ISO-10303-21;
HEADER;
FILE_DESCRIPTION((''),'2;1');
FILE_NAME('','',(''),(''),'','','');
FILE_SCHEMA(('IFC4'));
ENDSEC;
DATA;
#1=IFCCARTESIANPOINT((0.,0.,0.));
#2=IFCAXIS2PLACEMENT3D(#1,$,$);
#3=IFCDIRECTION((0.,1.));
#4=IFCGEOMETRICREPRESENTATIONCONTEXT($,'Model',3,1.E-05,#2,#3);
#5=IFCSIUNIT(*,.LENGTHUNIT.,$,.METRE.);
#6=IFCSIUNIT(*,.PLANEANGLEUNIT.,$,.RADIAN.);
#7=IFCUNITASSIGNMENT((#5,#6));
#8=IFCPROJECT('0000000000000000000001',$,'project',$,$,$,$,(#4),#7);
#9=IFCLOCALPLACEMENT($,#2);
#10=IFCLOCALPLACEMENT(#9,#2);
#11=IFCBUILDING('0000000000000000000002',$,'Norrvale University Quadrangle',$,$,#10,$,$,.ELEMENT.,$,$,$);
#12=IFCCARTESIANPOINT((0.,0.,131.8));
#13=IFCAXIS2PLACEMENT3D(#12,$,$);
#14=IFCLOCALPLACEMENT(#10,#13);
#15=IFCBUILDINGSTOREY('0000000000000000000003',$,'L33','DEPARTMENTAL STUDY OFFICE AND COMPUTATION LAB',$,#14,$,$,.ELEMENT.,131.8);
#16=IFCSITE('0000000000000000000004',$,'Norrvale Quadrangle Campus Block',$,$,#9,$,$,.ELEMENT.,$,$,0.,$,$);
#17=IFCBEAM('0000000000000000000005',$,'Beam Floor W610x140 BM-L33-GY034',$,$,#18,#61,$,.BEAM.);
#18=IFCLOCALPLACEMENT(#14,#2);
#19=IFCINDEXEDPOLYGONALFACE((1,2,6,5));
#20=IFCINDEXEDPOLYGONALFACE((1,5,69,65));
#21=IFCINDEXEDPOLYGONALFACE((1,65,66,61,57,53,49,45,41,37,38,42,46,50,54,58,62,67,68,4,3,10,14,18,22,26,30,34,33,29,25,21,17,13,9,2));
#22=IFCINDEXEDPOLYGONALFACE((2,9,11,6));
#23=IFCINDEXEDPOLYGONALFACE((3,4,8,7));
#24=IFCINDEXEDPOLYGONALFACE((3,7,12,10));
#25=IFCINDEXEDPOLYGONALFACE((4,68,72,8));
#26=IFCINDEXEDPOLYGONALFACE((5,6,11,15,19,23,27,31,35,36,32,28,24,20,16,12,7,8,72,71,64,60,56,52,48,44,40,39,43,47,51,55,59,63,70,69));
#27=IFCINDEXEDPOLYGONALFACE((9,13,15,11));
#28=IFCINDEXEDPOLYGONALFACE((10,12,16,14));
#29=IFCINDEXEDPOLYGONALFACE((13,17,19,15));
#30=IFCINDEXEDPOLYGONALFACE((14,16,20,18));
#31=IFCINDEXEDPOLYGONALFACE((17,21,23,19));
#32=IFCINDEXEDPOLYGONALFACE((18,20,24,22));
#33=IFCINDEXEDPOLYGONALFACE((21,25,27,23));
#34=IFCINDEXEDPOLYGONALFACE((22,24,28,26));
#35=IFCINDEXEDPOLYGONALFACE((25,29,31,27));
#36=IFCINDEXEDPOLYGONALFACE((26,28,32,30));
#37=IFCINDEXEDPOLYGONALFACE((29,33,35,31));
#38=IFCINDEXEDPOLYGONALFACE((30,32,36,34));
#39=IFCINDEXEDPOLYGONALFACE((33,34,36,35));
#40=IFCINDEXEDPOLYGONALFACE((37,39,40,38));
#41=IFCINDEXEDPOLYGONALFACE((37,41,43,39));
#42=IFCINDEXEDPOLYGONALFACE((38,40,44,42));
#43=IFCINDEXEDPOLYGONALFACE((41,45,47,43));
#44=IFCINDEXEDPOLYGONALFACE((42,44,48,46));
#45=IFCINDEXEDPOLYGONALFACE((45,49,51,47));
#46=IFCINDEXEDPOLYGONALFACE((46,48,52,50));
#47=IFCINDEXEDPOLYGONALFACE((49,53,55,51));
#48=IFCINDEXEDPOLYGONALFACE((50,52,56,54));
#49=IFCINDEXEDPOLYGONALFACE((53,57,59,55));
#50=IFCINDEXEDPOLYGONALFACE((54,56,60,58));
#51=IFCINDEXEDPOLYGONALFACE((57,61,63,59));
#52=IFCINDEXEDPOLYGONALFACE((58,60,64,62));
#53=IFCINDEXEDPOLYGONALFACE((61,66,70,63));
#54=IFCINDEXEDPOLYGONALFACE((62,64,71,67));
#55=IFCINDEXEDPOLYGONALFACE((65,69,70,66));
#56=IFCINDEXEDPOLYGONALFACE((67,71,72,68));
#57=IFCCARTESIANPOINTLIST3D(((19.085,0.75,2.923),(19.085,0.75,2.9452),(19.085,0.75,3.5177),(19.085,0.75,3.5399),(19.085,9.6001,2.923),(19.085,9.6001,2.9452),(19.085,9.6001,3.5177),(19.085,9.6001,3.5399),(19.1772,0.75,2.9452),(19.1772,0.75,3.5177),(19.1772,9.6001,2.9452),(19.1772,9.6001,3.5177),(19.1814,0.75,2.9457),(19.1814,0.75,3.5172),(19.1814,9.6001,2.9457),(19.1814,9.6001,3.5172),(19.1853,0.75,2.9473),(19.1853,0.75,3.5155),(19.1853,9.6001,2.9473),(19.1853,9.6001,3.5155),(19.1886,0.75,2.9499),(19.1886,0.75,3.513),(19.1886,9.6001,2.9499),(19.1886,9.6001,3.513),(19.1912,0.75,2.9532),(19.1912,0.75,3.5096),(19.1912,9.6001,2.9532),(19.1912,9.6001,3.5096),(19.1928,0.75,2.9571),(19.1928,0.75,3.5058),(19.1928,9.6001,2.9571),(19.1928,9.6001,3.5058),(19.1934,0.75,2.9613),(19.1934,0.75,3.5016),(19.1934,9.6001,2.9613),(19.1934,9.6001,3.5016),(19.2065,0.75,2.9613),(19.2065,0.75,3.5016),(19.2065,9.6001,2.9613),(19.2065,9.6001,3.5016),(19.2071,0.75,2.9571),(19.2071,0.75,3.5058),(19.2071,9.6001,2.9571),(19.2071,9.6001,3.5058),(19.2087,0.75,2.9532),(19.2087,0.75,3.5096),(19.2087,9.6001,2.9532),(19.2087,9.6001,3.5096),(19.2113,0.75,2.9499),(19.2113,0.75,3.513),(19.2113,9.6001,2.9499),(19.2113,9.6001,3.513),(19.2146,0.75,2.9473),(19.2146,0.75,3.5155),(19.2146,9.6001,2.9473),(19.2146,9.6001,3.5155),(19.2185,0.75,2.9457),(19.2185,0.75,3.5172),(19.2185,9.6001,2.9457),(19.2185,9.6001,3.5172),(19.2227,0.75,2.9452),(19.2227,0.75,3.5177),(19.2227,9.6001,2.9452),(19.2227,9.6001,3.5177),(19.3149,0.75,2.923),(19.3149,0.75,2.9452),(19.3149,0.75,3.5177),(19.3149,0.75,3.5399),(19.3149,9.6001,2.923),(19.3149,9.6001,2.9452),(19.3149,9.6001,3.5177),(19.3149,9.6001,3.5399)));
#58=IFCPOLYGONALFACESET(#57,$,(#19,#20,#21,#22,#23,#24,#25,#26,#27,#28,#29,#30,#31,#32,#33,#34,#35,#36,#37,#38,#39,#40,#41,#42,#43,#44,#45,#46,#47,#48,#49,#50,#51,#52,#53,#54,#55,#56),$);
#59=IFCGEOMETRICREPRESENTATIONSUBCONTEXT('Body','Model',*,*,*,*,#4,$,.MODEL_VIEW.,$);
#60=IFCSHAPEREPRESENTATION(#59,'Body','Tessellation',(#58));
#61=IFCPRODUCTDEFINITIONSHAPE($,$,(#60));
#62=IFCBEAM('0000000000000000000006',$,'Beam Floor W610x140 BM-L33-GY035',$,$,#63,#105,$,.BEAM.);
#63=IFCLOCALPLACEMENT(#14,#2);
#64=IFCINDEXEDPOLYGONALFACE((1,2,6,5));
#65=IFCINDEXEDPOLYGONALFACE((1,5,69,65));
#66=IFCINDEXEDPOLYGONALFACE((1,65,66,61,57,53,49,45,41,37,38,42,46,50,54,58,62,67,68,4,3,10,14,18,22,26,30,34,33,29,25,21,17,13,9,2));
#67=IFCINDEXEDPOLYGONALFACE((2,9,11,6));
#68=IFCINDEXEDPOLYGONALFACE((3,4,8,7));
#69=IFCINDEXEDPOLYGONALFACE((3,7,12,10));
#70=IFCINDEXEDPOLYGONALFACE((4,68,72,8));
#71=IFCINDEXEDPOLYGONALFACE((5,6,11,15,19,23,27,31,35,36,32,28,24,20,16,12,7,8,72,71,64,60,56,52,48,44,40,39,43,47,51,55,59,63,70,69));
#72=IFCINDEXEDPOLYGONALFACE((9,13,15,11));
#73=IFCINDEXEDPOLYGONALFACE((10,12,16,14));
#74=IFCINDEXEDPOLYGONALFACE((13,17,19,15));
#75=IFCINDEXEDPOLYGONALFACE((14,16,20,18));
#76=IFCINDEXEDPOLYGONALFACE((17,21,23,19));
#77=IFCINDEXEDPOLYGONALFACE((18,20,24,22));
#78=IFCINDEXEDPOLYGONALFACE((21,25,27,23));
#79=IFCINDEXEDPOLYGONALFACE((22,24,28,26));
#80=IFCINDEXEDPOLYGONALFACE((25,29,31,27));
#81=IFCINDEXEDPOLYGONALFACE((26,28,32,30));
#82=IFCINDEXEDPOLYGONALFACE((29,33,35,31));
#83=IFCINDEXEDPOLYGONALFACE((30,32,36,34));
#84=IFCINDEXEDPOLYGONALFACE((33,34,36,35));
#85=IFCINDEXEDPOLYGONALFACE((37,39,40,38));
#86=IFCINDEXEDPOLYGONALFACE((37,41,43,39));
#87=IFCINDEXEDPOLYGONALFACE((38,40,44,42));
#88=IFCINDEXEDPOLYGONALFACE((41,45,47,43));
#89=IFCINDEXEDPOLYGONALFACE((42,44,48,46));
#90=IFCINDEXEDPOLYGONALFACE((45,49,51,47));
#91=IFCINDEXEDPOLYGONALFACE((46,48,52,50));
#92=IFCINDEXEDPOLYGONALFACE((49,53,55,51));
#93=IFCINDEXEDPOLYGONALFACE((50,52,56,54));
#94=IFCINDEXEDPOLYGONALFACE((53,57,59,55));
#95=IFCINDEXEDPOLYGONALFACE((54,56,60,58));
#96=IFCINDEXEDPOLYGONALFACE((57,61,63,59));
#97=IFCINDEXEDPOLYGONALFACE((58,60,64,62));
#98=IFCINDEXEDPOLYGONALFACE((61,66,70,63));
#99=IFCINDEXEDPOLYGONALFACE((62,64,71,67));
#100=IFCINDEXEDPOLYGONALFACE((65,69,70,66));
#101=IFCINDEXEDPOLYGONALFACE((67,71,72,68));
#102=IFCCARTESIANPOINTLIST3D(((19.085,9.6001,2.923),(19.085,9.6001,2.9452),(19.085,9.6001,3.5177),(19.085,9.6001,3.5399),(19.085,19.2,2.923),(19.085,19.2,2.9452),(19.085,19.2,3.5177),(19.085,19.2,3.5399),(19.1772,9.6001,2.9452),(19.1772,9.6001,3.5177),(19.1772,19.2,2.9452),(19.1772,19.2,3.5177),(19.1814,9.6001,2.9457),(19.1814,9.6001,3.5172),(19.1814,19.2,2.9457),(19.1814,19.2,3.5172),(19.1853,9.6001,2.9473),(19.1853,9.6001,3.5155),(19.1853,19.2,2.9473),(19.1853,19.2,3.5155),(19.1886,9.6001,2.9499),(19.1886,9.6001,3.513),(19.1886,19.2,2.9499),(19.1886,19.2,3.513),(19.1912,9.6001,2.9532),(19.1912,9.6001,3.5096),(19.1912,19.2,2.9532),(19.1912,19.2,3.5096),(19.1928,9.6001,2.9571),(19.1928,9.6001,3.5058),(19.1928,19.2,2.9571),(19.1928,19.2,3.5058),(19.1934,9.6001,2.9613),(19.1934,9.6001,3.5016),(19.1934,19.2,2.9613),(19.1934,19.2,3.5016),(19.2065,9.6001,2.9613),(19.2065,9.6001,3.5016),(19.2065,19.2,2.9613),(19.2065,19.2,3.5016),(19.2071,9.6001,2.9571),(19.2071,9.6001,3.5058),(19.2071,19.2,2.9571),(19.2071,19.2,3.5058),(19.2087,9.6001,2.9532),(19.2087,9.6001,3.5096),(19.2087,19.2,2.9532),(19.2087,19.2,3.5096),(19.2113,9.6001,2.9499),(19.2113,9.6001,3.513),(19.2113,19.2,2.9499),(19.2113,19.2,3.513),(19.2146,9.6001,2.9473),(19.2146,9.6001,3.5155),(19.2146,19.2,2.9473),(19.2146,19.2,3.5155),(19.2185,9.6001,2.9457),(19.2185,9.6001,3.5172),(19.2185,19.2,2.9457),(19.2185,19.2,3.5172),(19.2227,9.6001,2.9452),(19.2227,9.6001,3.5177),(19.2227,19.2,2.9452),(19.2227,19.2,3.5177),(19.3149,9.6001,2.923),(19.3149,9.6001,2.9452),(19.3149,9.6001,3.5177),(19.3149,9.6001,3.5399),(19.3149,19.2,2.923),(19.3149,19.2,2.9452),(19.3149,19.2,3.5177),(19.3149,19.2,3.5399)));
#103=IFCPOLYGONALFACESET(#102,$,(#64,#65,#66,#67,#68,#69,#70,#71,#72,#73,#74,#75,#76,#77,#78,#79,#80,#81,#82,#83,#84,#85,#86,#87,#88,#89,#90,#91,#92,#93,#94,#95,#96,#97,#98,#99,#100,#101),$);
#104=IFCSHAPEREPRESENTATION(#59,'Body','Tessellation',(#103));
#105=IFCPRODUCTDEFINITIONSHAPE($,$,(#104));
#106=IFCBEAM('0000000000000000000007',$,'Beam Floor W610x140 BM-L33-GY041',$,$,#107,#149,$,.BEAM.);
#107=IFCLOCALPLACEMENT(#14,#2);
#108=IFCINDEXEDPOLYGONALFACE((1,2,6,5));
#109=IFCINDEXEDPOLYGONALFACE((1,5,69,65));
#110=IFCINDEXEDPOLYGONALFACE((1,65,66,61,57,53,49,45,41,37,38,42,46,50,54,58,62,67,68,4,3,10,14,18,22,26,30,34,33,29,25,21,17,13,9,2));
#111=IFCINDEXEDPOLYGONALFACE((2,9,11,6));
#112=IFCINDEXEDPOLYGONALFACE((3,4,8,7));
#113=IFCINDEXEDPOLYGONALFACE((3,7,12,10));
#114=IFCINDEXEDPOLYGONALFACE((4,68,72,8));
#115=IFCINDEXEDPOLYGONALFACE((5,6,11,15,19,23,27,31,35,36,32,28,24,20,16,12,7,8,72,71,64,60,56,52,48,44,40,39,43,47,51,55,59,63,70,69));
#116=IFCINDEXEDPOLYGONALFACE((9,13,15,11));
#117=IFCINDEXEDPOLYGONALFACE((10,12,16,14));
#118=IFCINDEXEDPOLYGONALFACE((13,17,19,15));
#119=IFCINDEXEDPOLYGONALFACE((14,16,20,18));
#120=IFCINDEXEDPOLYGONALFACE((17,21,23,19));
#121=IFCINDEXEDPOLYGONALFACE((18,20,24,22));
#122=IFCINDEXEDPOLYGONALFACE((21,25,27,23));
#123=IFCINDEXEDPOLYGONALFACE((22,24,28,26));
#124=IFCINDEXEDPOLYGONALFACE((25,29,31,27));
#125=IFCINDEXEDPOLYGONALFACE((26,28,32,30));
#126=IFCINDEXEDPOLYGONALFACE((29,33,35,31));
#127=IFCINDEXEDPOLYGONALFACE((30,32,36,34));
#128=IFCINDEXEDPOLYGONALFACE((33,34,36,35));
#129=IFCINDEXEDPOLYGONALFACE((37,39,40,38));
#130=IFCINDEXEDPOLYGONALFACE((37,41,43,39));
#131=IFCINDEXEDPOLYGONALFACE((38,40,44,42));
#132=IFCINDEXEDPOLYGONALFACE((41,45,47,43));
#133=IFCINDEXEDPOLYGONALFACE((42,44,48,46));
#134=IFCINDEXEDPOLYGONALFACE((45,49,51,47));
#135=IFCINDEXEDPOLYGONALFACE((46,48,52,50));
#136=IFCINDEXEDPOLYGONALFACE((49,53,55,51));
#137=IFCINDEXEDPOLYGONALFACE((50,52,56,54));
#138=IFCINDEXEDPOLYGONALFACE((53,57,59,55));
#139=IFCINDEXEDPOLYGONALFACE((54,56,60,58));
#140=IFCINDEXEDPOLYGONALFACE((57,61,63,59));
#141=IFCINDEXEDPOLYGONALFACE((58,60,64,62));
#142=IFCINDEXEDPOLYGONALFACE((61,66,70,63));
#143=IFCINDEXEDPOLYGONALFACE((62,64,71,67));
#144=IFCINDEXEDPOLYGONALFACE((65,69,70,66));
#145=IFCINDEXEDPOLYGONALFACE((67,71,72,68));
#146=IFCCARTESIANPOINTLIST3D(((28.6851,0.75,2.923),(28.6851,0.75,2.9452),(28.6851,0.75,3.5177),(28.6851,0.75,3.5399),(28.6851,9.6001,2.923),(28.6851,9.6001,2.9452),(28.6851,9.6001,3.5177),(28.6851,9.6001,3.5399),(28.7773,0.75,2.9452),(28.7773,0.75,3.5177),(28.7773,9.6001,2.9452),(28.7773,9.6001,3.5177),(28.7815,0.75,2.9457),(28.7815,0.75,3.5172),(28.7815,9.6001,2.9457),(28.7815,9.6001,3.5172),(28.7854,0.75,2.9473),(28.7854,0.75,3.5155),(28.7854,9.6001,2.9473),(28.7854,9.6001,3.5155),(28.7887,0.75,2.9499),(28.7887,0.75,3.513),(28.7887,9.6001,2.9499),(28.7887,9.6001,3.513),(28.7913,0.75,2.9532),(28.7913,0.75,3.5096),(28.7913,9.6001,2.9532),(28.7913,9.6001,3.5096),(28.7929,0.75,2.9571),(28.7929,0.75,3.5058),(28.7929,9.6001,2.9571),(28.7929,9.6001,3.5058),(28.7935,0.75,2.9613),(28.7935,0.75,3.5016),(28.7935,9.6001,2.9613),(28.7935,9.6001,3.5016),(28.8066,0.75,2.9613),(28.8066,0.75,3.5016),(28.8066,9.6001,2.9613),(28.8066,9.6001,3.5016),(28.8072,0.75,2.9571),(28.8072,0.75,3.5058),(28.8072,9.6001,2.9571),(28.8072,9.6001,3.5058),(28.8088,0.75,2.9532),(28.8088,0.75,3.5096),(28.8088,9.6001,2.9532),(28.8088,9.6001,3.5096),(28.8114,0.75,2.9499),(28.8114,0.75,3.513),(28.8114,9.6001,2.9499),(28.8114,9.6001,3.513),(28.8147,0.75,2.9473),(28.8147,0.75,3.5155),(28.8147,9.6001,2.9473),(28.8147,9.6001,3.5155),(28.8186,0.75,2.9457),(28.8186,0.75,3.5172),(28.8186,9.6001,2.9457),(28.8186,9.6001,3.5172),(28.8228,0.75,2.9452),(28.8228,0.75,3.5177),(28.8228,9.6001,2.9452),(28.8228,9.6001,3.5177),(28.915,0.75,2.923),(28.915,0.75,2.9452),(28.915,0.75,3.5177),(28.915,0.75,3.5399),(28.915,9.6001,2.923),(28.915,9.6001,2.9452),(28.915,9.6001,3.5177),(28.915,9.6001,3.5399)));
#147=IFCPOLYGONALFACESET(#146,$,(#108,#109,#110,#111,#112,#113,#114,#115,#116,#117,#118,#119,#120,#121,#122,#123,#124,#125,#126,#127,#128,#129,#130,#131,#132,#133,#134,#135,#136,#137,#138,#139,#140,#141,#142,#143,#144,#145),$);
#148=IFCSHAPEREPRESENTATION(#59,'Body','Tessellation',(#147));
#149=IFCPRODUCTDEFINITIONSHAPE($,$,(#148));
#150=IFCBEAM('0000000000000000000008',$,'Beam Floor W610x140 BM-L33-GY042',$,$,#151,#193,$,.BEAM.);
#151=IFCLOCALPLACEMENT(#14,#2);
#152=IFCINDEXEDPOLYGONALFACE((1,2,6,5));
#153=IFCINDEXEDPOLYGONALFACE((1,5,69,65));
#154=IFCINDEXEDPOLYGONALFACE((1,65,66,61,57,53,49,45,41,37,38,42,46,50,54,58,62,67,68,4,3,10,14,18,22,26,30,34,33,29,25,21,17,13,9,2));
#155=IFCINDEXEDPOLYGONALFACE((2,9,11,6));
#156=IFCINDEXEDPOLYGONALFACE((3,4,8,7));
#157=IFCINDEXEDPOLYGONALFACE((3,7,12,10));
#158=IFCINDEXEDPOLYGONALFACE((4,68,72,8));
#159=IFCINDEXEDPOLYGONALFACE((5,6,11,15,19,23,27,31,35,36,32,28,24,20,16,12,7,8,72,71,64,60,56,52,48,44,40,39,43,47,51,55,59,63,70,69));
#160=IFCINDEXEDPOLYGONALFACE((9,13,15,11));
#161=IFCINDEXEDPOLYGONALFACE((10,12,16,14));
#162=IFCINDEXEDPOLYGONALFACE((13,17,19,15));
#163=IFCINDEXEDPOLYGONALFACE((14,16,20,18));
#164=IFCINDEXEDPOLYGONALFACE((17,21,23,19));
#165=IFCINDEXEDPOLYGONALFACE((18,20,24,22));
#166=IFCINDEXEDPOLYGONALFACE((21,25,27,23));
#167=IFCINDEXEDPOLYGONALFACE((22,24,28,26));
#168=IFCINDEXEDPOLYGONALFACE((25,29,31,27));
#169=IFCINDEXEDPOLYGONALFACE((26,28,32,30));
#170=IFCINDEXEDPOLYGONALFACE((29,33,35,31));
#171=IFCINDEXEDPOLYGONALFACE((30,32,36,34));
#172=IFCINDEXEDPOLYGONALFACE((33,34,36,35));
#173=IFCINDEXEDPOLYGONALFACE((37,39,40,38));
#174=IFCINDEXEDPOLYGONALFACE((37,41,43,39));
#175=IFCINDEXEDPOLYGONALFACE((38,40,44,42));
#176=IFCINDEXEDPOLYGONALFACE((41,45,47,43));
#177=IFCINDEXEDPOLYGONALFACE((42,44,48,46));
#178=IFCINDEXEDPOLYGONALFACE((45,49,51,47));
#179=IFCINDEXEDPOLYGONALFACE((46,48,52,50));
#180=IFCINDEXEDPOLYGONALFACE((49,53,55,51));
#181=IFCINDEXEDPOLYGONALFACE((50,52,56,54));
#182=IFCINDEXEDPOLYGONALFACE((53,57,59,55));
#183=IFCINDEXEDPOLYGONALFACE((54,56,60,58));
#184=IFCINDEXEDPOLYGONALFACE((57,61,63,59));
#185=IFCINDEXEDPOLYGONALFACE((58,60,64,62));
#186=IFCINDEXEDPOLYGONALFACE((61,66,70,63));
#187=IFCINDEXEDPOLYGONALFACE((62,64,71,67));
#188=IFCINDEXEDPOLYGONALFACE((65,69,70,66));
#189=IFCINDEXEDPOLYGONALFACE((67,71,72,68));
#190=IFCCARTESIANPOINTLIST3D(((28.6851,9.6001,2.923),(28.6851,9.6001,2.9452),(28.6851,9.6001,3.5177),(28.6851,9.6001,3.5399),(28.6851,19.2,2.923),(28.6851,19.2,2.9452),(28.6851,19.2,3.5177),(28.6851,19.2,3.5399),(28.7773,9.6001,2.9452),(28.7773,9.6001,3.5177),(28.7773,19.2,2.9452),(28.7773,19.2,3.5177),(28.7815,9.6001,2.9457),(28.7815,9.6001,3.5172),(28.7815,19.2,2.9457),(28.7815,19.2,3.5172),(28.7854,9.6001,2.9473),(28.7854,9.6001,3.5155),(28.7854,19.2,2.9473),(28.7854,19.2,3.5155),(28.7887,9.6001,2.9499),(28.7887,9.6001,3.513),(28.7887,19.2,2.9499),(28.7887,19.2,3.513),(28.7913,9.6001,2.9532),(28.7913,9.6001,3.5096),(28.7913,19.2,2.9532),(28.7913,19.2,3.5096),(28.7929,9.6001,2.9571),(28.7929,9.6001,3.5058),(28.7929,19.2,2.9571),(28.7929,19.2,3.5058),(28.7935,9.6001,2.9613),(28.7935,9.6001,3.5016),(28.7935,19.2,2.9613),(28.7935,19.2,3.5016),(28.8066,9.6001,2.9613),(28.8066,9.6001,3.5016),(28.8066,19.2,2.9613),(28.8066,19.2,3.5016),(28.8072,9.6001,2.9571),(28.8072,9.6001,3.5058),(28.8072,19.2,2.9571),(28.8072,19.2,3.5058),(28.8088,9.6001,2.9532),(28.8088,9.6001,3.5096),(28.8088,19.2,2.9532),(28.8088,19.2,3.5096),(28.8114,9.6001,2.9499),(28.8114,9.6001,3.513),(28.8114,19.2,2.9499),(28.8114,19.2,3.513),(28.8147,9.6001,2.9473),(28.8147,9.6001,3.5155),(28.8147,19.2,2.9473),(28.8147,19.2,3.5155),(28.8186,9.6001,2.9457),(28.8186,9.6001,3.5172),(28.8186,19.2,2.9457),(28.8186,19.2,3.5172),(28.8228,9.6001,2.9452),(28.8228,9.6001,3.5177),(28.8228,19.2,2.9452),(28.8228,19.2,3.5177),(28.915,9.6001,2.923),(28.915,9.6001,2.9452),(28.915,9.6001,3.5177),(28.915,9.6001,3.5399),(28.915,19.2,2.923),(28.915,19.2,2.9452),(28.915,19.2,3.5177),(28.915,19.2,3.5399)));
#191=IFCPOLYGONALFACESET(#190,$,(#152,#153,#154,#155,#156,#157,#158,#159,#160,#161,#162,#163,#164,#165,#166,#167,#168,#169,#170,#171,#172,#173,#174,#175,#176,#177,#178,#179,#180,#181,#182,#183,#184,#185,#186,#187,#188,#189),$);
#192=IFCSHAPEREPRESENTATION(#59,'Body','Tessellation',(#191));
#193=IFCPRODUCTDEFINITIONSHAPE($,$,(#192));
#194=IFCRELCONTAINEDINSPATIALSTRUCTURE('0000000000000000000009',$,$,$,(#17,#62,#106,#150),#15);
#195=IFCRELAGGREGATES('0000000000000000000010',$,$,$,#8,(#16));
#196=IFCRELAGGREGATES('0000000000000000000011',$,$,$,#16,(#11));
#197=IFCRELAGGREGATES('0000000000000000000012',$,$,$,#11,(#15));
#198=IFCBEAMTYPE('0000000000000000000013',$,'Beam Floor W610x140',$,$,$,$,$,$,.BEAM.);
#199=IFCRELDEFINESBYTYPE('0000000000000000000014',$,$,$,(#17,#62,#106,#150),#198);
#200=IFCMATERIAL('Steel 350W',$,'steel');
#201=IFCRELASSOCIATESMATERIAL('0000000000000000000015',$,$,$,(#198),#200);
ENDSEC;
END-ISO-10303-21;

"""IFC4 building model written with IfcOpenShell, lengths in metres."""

from ifc_helpers import new_model, si_unit, direction, frame, origin, origin_2d, place, context, subcontext, project, spatial, i_section, extrude, material, material_profile, profile_set, type_object, element, save


model = new_model("IFC4")

# Units and contexts
model_context = context("Model", 3, precision=1e-05, world=origin(), true_north=direction((0.0, 1.0)))
body_context = subcontext(model_context, "Body", "Model", "MODEL_VIEW")
ifc_project = project(units=[si_unit("LENGTHUNIT", "METRE"), si_unit("PLANEANGLEUNIT", "RADIAN")], contexts=[model_context])

# Site, building, storey
site_placement = place(None, origin())
site = spatial("IfcSite", under=ifc_project, at=site_placement, Name="Norrvale Quadrangle Campus Block", CompositionType="ELEMENT", RefElevation=0.0)
building_placement = place(site_placement, origin())
building = spatial("IfcBuilding", under=site, at=building_placement, Name="Norrvale University Quadrangle", CompositionType="ELEMENT")
storey_placement = place(building_placement, frame((0.0, 0.0, 131.8)))
storey = spatial("IfcBuildingStorey", under=building, at=storey_placement, Name="L33", Description="DEPARTMENTAL STUDY OFFICE AND COMPUTATION LAB", CompositionType="ELEMENT", Elevation=131.8)

# Beams
ifc_material_1 = material(Name="Steel 350W", Category="steel")
ifc_material_profile_1 = material_profile(ifc_material_1, i_section(OverallWidth=0.23, OverallDepth=0.6169, WebThickness=0.0132, FlangeThickness=0.0222, FilletRadius=0.0161, at=origin_2d()), Name="Steel 350W")
ifc_profile_set_1 = profile_set([ifc_material_profile_1], Name="Steel 350W")
beam_type_1 = type_object("IfcBeamType", Name="Beam Floor W610x140", PredefinedType="BEAM", material=ifc_profile_set_1)
beam_1_placement = place(storey_placement, frame((19.2, 0.75, 3.2314), z_axis=(0.0, 1.0, 0.0), x_axis=(-1.0, 0.0, 0.0)))
element("IfcBeam", 1, at=beam_1_placement, inside=storey, type_object=beam_type_1, Name="Beam Floor W610x140 BM-L33-GY034", PredefinedType="BEAM", context=body_context, shape_type="SweptSolid", body=[
    extrude(i_section(OverallWidth=0.23, OverallDepth=0.6169, WebThickness=0.0132, FlangeThickness=0.0222, FilletRadius=0.0161, at=origin_2d()), origin(), (0.0, 0.0, 1.0), 8.8501),
])
beam_2_placement = place(storey_placement, frame((19.2, 9.6001, 3.2314), z_axis=(0.0, 1.0, 0.0), x_axis=(-1.0, 0.0, 0.0)))
element("IfcBeam", 2, at=beam_2_placement, inside=storey, type_object=beam_type_1, Name="Beam Floor W610x140 BM-L33-GY035", PredefinedType="BEAM", context=body_context, shape_type="SweptSolid", body=[
    extrude(i_section(OverallWidth=0.23, OverallDepth=0.6169, WebThickness=0.0132, FlangeThickness=0.0222, FilletRadius=0.0161, at=origin_2d()), origin(), (0.0, 0.0, 1.0), 9.5999),
])
beam_3_placement = place(storey_placement, frame((28.8, 0.75, 3.2314), z_axis=(0.0, 1.0, 0.0), x_axis=(-1.0, 0.0, 0.0)))
element("IfcBeam", 3, at=beam_3_placement, inside=storey, type_object=beam_type_1, Name="Beam Floor W610x140 BM-L33-GY041", PredefinedType="BEAM", context=body_context, shape_type="SweptSolid", body=[
    extrude(i_section(OverallWidth=0.23, OverallDepth=0.6169, WebThickness=0.0132, FlangeThickness=0.0222, FilletRadius=0.0161, at=origin_2d()), origin(), (0.0, 0.0, 1.0), 8.8501),
])
beam_4_placement = place(storey_placement, frame((28.8, 9.6001, 3.2314), z_axis=(0.0, 1.0, 0.0), x_axis=(-1.0, 0.0, 0.0)))
element("IfcBeam", 4, at=beam_4_placement, inside=storey, type_object=beam_type_1, Name="Beam Floor W610x140 BM-L33-GY042", PredefinedType="BEAM", context=body_context, shape_type="SweptSolid", body=[
    extrude(i_section(OverallWidth=0.23, OverallDepth=0.6169, WebThickness=0.0132, FlangeThickness=0.0222, FilletRadius=0.0161, at=origin_2d()), origin(), (0.0, 0.0, 1.0), 9.5999),
])

save(model, "model.ifc")
